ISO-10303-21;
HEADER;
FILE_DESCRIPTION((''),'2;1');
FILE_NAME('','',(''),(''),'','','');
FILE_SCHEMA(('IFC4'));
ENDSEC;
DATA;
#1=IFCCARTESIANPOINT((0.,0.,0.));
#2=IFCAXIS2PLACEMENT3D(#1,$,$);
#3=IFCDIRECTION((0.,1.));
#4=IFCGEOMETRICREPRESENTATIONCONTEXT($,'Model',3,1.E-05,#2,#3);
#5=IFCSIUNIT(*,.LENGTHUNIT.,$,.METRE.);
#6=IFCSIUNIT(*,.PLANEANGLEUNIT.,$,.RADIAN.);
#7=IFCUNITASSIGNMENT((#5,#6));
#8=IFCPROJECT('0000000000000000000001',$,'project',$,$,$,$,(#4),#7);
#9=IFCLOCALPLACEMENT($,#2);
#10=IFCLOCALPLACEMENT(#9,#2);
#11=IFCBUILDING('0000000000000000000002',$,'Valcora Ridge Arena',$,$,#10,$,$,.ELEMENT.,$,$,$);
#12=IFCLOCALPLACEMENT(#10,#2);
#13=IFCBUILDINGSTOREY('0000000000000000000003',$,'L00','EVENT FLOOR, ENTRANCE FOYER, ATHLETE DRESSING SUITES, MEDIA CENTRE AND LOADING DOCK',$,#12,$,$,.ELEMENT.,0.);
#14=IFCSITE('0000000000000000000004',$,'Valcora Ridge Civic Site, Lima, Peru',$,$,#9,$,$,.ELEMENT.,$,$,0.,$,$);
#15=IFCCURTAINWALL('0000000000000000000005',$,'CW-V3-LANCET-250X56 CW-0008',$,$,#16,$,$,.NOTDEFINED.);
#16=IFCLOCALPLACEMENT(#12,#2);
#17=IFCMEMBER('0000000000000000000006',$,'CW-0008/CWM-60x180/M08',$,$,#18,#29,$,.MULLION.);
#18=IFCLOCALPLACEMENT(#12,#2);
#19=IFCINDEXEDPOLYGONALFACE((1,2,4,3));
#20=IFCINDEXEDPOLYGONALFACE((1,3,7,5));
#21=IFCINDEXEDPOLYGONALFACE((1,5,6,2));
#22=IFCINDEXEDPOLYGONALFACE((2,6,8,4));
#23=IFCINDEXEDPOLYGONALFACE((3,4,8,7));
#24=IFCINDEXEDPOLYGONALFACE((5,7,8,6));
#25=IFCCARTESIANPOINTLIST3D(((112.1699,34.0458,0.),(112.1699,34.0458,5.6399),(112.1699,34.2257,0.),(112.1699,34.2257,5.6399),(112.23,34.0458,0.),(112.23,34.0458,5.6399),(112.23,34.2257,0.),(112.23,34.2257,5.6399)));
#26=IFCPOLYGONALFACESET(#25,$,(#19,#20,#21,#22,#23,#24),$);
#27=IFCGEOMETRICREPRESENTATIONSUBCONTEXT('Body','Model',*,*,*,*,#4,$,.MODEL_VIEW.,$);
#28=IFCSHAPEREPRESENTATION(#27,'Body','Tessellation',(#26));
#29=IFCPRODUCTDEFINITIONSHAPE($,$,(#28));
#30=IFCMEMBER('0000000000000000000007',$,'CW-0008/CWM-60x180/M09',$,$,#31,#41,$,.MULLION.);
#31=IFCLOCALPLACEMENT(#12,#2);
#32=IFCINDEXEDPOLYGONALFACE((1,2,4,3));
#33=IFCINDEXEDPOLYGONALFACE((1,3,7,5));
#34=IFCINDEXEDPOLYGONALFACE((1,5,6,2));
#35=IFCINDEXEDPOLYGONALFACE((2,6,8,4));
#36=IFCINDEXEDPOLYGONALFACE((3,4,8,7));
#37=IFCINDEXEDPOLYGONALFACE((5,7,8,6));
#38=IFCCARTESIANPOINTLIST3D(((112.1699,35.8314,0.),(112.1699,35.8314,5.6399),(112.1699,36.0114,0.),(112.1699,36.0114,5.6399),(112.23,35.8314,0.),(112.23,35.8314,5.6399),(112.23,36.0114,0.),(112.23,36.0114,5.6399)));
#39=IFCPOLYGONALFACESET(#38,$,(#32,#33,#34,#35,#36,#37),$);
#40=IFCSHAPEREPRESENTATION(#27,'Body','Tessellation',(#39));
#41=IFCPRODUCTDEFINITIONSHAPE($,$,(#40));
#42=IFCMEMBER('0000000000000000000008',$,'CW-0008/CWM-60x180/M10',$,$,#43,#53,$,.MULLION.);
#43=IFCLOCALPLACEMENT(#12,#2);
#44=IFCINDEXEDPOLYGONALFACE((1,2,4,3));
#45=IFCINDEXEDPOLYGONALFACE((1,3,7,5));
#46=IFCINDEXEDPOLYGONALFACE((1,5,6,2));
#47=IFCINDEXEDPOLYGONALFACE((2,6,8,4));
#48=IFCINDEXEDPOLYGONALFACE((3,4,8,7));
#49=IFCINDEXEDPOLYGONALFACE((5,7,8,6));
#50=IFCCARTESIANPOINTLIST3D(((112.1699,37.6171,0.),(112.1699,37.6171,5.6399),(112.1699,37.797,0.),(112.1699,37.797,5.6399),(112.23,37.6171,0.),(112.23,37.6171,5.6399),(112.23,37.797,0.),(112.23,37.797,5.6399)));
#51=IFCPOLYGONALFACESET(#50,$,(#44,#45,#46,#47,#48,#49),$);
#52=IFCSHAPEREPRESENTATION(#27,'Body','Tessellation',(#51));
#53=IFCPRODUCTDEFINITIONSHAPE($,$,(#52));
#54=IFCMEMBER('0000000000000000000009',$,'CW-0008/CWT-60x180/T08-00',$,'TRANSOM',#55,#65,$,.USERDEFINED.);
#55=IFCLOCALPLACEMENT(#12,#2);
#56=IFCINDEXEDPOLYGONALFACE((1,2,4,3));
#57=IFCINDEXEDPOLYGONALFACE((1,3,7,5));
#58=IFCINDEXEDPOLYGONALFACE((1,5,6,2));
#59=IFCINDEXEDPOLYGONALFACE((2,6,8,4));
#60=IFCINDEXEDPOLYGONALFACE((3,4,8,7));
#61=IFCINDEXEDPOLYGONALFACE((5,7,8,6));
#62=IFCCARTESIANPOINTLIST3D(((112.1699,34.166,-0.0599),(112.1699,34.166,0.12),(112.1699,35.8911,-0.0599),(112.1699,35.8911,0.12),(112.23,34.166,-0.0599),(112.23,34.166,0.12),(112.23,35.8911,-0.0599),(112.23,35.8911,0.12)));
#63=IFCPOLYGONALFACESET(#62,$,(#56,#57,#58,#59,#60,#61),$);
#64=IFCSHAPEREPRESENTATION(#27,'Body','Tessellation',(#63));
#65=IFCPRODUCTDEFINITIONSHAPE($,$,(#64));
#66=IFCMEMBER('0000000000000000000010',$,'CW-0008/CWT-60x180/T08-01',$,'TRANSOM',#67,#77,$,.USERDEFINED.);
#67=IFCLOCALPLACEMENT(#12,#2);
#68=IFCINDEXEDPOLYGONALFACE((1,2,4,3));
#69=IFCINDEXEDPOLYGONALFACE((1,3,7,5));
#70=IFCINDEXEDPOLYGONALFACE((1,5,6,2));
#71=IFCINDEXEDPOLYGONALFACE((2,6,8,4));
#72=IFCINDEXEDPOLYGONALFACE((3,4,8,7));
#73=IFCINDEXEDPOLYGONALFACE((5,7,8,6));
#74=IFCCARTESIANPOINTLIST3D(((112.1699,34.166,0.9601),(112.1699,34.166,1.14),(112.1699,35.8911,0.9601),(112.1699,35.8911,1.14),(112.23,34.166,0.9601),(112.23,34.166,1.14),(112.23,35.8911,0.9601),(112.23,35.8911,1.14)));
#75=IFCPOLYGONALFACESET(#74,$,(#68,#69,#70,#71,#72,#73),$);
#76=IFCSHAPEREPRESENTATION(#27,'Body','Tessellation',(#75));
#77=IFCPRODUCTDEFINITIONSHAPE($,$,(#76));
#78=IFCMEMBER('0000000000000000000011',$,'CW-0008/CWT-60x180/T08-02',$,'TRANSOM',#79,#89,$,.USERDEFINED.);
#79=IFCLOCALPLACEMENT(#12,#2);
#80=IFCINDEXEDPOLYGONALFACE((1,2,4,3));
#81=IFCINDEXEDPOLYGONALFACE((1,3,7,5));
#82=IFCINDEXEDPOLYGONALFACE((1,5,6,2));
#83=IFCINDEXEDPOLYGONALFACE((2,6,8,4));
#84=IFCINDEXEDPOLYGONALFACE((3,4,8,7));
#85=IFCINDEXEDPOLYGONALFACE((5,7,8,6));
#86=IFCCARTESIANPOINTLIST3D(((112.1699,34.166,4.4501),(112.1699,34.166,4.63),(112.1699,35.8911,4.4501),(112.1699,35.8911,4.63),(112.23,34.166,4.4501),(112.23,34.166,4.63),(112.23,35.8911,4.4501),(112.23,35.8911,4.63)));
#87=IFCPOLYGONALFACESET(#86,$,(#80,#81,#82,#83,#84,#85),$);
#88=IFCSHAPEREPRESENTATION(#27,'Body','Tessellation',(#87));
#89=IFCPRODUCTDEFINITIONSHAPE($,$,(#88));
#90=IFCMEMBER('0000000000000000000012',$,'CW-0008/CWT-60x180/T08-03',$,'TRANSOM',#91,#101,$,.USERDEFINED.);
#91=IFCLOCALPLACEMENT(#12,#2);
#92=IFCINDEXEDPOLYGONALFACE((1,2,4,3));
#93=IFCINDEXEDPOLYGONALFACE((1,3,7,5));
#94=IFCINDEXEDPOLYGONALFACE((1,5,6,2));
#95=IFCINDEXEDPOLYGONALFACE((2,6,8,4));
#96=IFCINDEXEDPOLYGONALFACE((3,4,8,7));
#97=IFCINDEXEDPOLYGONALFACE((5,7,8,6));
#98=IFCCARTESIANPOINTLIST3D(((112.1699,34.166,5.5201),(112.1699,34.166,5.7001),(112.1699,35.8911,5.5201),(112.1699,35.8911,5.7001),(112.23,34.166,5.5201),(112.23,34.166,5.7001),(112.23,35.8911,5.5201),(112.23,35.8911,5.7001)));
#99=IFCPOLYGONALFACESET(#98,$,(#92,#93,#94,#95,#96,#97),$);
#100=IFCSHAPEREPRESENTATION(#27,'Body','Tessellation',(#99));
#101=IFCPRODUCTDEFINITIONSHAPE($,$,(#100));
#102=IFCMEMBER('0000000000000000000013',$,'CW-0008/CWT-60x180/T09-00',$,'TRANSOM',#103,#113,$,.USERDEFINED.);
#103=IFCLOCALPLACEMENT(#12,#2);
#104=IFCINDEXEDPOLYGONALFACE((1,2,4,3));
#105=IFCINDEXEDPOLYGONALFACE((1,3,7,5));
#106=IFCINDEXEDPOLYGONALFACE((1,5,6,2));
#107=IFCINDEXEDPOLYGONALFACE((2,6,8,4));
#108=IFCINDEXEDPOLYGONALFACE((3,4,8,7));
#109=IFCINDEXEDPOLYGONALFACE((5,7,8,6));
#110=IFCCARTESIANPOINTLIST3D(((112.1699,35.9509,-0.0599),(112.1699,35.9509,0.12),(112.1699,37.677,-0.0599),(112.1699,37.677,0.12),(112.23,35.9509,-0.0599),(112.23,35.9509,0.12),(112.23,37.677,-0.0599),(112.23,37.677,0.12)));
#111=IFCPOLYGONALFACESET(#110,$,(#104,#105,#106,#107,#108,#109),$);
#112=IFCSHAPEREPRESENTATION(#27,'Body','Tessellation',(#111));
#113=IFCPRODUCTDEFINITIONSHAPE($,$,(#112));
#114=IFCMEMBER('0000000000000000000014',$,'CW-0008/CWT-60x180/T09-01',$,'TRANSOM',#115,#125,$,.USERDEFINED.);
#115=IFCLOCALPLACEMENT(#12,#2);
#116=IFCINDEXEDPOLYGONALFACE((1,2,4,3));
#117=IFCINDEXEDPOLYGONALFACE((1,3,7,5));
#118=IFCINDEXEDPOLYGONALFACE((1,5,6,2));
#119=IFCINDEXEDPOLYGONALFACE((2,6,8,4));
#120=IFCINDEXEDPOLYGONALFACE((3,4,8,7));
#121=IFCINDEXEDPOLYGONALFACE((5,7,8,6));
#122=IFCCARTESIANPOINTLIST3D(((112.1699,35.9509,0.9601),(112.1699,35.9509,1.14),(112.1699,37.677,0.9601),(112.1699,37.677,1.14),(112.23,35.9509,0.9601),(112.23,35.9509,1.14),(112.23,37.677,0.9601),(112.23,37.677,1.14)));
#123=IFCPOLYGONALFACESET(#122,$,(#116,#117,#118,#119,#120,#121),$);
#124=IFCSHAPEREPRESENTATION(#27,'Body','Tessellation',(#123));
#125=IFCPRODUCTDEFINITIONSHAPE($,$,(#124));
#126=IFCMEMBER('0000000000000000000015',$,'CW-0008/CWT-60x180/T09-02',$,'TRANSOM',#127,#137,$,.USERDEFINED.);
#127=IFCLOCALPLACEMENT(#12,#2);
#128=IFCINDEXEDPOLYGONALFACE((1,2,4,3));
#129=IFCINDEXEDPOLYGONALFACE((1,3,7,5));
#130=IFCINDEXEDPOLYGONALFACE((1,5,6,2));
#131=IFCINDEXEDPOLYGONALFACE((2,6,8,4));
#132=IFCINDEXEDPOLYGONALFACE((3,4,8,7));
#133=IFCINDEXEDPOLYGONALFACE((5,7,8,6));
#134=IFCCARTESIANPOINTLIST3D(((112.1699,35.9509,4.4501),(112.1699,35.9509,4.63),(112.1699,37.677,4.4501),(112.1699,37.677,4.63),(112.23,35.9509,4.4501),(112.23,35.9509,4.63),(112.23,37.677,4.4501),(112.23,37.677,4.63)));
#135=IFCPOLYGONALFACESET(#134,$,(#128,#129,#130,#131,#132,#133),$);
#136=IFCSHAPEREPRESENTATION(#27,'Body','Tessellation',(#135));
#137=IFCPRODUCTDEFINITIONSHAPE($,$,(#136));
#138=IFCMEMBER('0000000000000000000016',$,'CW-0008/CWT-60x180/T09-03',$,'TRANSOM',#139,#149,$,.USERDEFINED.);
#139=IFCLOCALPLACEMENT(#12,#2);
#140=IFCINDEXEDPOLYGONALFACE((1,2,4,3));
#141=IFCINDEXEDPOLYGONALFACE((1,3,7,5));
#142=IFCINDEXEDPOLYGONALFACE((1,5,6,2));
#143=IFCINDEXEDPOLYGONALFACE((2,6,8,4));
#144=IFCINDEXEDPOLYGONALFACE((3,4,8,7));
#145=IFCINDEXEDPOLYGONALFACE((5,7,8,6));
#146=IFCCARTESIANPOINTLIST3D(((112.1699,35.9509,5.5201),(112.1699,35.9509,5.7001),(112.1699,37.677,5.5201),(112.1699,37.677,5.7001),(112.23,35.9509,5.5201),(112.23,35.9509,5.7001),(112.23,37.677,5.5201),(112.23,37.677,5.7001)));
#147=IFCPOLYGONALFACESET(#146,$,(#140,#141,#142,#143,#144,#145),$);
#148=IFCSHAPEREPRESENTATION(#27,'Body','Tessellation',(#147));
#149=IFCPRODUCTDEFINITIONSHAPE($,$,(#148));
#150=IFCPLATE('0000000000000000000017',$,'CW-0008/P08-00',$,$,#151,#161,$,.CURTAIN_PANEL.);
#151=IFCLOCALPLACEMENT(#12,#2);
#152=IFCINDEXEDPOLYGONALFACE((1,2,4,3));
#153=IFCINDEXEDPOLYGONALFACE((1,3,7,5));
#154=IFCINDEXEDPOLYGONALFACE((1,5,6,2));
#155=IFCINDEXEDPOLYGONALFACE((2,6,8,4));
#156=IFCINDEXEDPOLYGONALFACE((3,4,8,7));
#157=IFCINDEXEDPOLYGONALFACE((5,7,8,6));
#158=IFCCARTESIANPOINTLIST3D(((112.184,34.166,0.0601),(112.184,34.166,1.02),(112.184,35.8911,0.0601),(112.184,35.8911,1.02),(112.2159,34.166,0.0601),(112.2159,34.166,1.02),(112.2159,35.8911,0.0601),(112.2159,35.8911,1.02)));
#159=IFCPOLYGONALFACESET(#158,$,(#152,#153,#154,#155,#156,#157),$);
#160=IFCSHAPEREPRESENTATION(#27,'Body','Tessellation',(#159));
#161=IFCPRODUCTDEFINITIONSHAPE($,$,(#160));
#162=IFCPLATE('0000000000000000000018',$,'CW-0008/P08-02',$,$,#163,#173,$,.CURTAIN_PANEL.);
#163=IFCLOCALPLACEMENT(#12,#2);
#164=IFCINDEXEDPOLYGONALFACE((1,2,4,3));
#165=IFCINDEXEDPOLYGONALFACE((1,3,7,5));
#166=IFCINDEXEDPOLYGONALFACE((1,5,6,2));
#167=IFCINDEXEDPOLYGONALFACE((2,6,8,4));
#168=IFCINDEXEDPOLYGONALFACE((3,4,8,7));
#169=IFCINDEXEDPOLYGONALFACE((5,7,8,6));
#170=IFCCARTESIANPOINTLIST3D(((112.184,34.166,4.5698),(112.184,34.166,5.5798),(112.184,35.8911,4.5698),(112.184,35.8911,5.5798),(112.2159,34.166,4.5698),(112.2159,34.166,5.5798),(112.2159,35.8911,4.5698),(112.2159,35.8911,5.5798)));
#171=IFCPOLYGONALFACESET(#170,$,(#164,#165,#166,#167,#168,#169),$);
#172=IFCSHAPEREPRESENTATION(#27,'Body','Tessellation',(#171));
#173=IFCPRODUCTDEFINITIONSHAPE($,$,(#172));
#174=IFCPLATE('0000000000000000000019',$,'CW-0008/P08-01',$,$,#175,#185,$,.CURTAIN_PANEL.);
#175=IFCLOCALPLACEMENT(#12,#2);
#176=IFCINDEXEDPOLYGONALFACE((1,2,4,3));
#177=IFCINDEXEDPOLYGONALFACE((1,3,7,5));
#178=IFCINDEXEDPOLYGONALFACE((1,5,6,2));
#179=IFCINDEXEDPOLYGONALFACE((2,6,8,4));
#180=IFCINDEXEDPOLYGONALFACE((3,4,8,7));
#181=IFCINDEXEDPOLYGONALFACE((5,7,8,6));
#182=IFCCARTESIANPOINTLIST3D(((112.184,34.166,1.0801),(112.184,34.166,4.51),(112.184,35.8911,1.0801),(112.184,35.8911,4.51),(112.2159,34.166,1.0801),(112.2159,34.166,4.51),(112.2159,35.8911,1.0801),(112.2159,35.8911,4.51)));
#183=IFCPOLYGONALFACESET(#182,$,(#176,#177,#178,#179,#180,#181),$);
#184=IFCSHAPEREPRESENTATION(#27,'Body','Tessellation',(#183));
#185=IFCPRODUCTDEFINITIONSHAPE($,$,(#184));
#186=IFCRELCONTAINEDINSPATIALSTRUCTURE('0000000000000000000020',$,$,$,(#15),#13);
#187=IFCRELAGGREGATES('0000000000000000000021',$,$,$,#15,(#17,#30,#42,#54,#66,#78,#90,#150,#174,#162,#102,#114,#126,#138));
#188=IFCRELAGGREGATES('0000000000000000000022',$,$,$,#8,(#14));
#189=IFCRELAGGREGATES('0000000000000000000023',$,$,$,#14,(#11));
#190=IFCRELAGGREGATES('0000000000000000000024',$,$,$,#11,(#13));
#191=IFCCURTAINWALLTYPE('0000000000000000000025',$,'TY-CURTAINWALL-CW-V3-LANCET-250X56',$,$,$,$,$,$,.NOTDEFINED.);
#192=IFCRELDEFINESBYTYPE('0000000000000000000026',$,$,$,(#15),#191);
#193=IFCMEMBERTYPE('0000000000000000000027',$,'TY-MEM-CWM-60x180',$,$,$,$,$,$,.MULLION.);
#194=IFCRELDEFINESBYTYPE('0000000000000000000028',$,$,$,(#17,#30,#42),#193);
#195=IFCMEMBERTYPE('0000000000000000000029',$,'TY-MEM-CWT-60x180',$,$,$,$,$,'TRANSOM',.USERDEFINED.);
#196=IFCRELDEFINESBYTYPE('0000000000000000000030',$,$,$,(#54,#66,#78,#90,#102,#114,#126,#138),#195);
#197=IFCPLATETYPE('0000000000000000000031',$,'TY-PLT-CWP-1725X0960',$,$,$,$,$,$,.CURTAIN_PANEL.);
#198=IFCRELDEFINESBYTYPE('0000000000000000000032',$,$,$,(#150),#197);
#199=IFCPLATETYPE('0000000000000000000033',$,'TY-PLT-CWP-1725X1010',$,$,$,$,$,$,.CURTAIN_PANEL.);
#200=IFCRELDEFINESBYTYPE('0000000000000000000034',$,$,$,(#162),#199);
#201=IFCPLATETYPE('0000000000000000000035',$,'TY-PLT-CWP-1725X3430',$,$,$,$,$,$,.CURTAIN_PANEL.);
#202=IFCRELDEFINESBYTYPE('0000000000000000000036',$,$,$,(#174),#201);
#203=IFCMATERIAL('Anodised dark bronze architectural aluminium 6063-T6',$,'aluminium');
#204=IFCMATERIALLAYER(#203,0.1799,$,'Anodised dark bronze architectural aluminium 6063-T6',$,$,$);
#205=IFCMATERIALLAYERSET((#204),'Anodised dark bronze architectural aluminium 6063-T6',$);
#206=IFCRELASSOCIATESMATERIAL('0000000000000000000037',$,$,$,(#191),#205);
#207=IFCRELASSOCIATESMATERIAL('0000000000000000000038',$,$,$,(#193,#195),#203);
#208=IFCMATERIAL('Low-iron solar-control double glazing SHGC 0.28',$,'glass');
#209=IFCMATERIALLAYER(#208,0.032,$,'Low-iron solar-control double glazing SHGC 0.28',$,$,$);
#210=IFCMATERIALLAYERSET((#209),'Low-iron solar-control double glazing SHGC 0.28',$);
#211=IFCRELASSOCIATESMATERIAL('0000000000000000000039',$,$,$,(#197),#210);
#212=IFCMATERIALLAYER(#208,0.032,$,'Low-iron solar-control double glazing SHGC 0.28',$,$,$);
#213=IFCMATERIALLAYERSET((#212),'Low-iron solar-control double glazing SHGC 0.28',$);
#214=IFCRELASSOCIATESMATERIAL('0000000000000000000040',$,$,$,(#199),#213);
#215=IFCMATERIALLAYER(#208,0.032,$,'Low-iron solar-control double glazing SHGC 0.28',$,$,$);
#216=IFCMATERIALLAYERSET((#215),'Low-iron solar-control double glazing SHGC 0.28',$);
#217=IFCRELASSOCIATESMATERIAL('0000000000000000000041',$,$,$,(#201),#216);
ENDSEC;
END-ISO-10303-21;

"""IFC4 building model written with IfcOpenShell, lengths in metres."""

from ifc_helpers import new_model, si_unit, direction, frame, origin, origin_2d, place, context, subcontext, project, spatial, rectangle, extrude, material, layer, layer_set, material_profile, profile_set, type_object, element, aggregate, save


model = new_model("IFC4")

# Units and contexts
model_context = context("Model", 3, precision=1e-05, world=origin(), true_north=direction((0.0, 1.0)))
body_context = subcontext(model_context, "Body", "Model", "MODEL_VIEW")
ifc_project = project(units=[si_unit("LENGTHUNIT", "METRE"), si_unit("PLANEANGLEUNIT", "RADIAN")], contexts=[model_context])

# Site, building, storey
site_placement = place(None, origin())
site = spatial("IfcSite", under=ifc_project, at=site_placement, Name="Valcora Ridge Civic Site, Lima, Peru", CompositionType="ELEMENT", RefElevation=0.0)
building_placement = place(site_placement, origin())
building = spatial("IfcBuilding", under=site, at=building_placement, Name="Valcora Ridge Arena", CompositionType="ELEMENT")
storey_placement = place(building_placement, origin())
storey = spatial("IfcBuildingStorey", under=building, at=storey_placement, Name="L00", Description="EVENT FLOOR, ENTRANCE FOYER, ATHLETE DRESSING SUITES, MEDIA CENTRE AND LOADING DOCK", CompositionType="ELEMENT", Elevation=0.0)

# Curtain wall, members, plates
ifc_material_1 = material(Name="Anodised dark bronze architectural aluminium 6063-T6", Category="aluminium")
ifc_layer_1 = layer(ifc_material_1, 0.1799, Name="Anodised dark bronze architectural aluminium 6063-T6")
ifc_layer_set_1 = layer_set([ifc_layer_1], Name="Anodised dark bronze architectural aluminium 6063-T6")
curtain_wall_type = type_object("IfcCurtainWallType", Name="TY-CURTAINWALL-CW-V3-LANCET-250X56", PredefinedType="NOTDEFINED", material=ifc_layer_set_1)
curtain_wall_placement = place(storey_placement, origin())
curtain_wall = element("IfcCurtainWall", 1, at=curtain_wall_placement, inside=storey, type_object=curtain_wall_type, Name="CW-V3-LANCET-250X56 CW-0008", PredefinedType="NOTDEFINED")
ifc_material_profile_1 = material_profile(ifc_material_1, rectangle(XDim=0.0601, YDim=0.1799, at=origin_2d()), Name="ALU MULLION 60x180")
ifc_profile_set_1 = profile_set([ifc_material_profile_1], Name="Anodised dark bronze architectural aluminium 6063-T6")
member_type_1 = type_object("IfcMemberType", Name="TY-MEM-CWM-60x180", PredefinedType="MULLION", material=ifc_profile_set_1)
member_1_placement = place(storey_placement, frame((112.2, 34.1357, 0.0), z_axis=(0.0, 0.0, 1.0), x_axis=(-1.0, 0.0, 0.0)))
member_1 = element("IfcMember", 2, at=member_1_placement, type_object=member_type_1, Name="CW-0008/CWM-60x180/M08", PredefinedType="MULLION", context=body_context, shape_type="SweptSolid", body=[
    extrude(rectangle(XDim=0.0601, YDim=0.1799, at=origin_2d()), origin(), (0.0, 0.0, 1.0), 5.6399),
])
member_2_placement = place(storey_placement, frame((112.2, 35.9214, 0.0), z_axis=(0.0, 0.0, 1.0), x_axis=(-1.0, 0.0, 0.0)))
member_2 = element("IfcMember", 3, at=member_2_placement, type_object=member_type_1, Name="CW-0008/CWM-60x180/M09", PredefinedType="MULLION", context=body_context, shape_type="SweptSolid", body=[
    extrude(rectangle(XDim=0.0601, YDim=0.1799, at=origin_2d()), origin(), (0.0, 0.0, 1.0), 5.6399),
])
member_3_placement = place(storey_placement, frame((112.2, 37.707, 0.0), z_axis=(0.0, 0.0, 1.0), x_axis=(-1.0, 0.0, 0.0)))
member_3 = element("IfcMember", 4, at=member_3_placement, type_object=member_type_1, Name="CW-0008/CWM-60x180/M10", PredefinedType="MULLION", context=body_context, shape_type="SweptSolid", body=[
    extrude(rectangle(XDim=0.0601, YDim=0.1799, at=origin_2d()), origin(), (0.0, 0.0, 1.0), 5.6399),
])
ifc_material_profile_2 = material_profile(ifc_material_1, rectangle(XDim=0.0601, YDim=0.1799, at=origin_2d()), Name="ALU TRANSOM 60x180")
ifc_profile_set_2 = profile_set([ifc_material_profile_2], Name="Anodised dark bronze architectural aluminium 6063-T6")
member_type_2 = type_object("IfcMemberType", Name="TY-MEM-CWT-60x180", ElementType="TRANSOM", PredefinedType="USERDEFINED", material=ifc_profile_set_2)
member_4_placement = place(storey_placement, frame((112.2, 34.166, 0.03), z_axis=(0.0, 1.0, 0.0), x_axis=(-1.0, 0.0, 0.0)))
member_4 = element("IfcMember", 5, at=member_4_placement, type_object=member_type_2, Name="CW-0008/CWT-60x180/T08-00", ObjectType="TRANSOM", PredefinedType="USERDEFINED", context=body_context, shape_type="SweptSolid", body=[
    extrude(rectangle(XDim=0.0601, YDim=0.1799, at=origin_2d()), origin(), (0.0, 0.0, 1.0), 1.7251),
])
member_5_placement = place(storey_placement, frame((112.2, 34.166, 1.05), z_axis=(0.0, 1.0, 0.0), x_axis=(-1.0, 0.0, 0.0)))
member_5 = element("IfcMember", 6, at=member_5_placement, type_object=member_type_2, Name="CW-0008/CWT-60x180/T08-01", ObjectType="TRANSOM", PredefinedType="USERDEFINED", context=body_context, shape_type="SweptSolid", body=[
    extrude(rectangle(XDim=0.0601, YDim=0.1799, at=origin_2d()), origin(), (0.0, 0.0, 1.0), 1.7251),
])
member_6_placement = place(storey_placement, frame((112.2, 34.166, 4.54), z_axis=(0.0, 1.0, 0.0), x_axis=(-1.0, 0.0, 0.0)))
member_6 = element("IfcMember", 7, at=member_6_placement, type_object=member_type_2, Name="CW-0008/CWT-60x180/T08-02", ObjectType="TRANSOM", PredefinedType="USERDEFINED", context=body_context, shape_type="SweptSolid", body=[
    extrude(rectangle(XDim=0.0601, YDim=0.1799, at=origin_2d()), origin(), (0.0, 0.0, 1.0), 1.7251),
])
member_7_placement = place(storey_placement, frame((112.2, 34.166, 5.6101), z_axis=(0.0, 1.0, 0.0), x_axis=(-1.0, 0.0, 0.0)))
member_7 = element("IfcMember", 8, at=member_7_placement, type_object=member_type_2, Name="CW-0008/CWT-60x180/T08-03", ObjectType="TRANSOM", PredefinedType="USERDEFINED", context=body_context, shape_type="SweptSolid", body=[
    extrude(rectangle(XDim=0.0601, YDim=0.1799, at=origin_2d()), origin(), (0.0, 0.0, 1.0), 1.7251),
])
member_8_placement = place(storey_placement, frame((112.2, 35.9509, 0.03), z_axis=(0.0, 1.0, 0.0), x_axis=(-1.0, 0.0, 0.0)))
member_8 = element("IfcMember", 9, at=member_8_placement, type_object=member_type_2, Name="CW-0008/CWT-60x180/T09-00", ObjectType="TRANSOM", PredefinedType="USERDEFINED", context=body_context, shape_type="SweptSolid", body=[
    extrude(rectangle(XDim=0.0601, YDim=0.1799, at=origin_2d()), origin(), (0.0, 0.0, 1.0), 1.7261),
])
member_9_placement = place(storey_placement, frame((112.2, 35.9509, 1.05), z_axis=(0.0, 1.0, 0.0), x_axis=(-1.0, 0.0, 0.0)))
member_9 = element("IfcMember", 10, at=member_9_placement, type_object=member_type_2, Name="CW-0008/CWT-60x180/T09-01", ObjectType="TRANSOM", PredefinedType="USERDEFINED", context=body_context, shape_type="SweptSolid", body=[
    extrude(rectangle(XDim=0.0601, YDim=0.1799, at=origin_2d()), origin(), (0.0, 0.0, 1.0), 1.7261),
])
member_10_placement = place(storey_placement, frame((112.2, 35.9509, 4.54), z_axis=(0.0, 1.0, 0.0), x_axis=(-1.0, 0.0, 0.0)))
member_10 = element("IfcMember", 11, at=member_10_placement, type_object=member_type_2, Name="CW-0008/CWT-60x180/T09-02", ObjectType="TRANSOM", PredefinedType="USERDEFINED", context=body_context, shape_type="SweptSolid", body=[
    extrude(rectangle(XDim=0.0601, YDim=0.1799, at=origin_2d()), origin(), (0.0, 0.0, 1.0), 1.7261),
])
member_11_placement = place(storey_placement, frame((112.2, 35.9509, 5.6101), z_axis=(0.0, 1.0, 0.0), x_axis=(-1.0, 0.0, 0.0)))
member_11 = element("IfcMember", 12, at=member_11_placement, type_object=member_type_2, Name="CW-0008/CWT-60x180/T09-03", ObjectType="TRANSOM", PredefinedType="USERDEFINED", context=body_context, shape_type="SweptSolid", body=[
    extrude(rectangle(XDim=0.0601, YDim=0.1799, at=origin_2d()), origin(), (0.0, 0.0, 1.0), 1.7261),
])
ifc_material_2 = material(Name="Low-iron solar-control double glazing SHGC 0.28", Category="glass")
ifc_layer_2 = layer(ifc_material_2, 0.032, Name="Low-iron solar-control double glazing SHGC 0.28")
ifc_layer_set_2 = layer_set([ifc_layer_2], Name="Low-iron solar-control double glazing SHGC 0.28")
plate_type_1 = type_object("IfcPlateType", Name="TY-PLT-CWP-1725X0960", PredefinedType="CURTAIN_PANEL", material=ifc_layer_set_2)
plate_1_placement = place(storey_placement, frame((112.2, 35.0286, 0.0601), z_axis=(0.0, 0.0, 1.0), x_axis=(0.0, 1.0, 0.0)))
plate_1 = element("IfcPlate", 13, at=plate_1_placement, type_object=plate_type_1, Name="CW-0008/P08-00", PredefinedType="CURTAIN_PANEL", context=body_context, shape_type="SweptSolid", body=[
    extrude(rectangle(XDim=1.7251, YDim=0.032, at=origin_2d()), origin(), (0.0, 0.0, 1.0), 0.96),
])
ifc_layer_3 = layer(ifc_material_2, 0.032, Name="Low-iron solar-control double glazing SHGC 0.28")
ifc_layer_set_3 = layer_set([ifc_layer_3], Name="Low-iron solar-control double glazing SHGC 0.28")
plate_type_2 = type_object("IfcPlateType", Name="TY-PLT-CWP-1725X1010", PredefinedType="CURTAIN_PANEL", material=ifc_layer_set_3)
plate_2_placement = place(storey_placement, frame((112.2, 35.0286, 4.5698), z_axis=(0.0, 0.0, 1.0), x_axis=(0.0, 1.0, 0.0)))
plate_2 = element("IfcPlate", 14, at=plate_2_placement, type_object=plate_type_2, Name="CW-0008/P08-02", PredefinedType="CURTAIN_PANEL", context=body_context, shape_type="SweptSolid", body=[
    extrude(rectangle(XDim=1.7251, YDim=0.032, at=origin_2d()), origin(), (0.0, 0.0, 1.0), 1.01),
])
ifc_layer_4 = layer(ifc_material_2, 0.032, Name="Low-iron solar-control double glazing SHGC 0.28")
ifc_layer_set_4 = layer_set([ifc_layer_4], Name="Low-iron solar-control double glazing SHGC 0.28")
plate_type_3 = type_object("IfcPlateType", Name="TY-PLT-CWP-1725X3430", PredefinedType="CURTAIN_PANEL", material=ifc_layer_set_4)
plate_3_placement = place(storey_placement, frame((112.2, 35.0286, 1.0801), z_axis=(0.0, 0.0, 1.0), x_axis=(0.0, 1.0, 0.0)))
plate_3 = element("IfcPlate", 15, at=plate_3_placement, type_object=plate_type_3, Name="CW-0008/P08-01", PredefinedType="CURTAIN_PANEL", context=body_context, shape_type="SweptSolid", body=[
    extrude(rectangle(XDim=1.7251, YDim=0.032, at=origin_2d()), origin(), (0.0, 0.0, 1.0), 3.4299),
])
aggregate(curtain_wall, [member_1, member_2, member_3, member_4, member_5, member_6, member_7, plate_1, plate_3, plate_2, member_8, member_9, member_10, member_11])

save(model, "model.ifc")
